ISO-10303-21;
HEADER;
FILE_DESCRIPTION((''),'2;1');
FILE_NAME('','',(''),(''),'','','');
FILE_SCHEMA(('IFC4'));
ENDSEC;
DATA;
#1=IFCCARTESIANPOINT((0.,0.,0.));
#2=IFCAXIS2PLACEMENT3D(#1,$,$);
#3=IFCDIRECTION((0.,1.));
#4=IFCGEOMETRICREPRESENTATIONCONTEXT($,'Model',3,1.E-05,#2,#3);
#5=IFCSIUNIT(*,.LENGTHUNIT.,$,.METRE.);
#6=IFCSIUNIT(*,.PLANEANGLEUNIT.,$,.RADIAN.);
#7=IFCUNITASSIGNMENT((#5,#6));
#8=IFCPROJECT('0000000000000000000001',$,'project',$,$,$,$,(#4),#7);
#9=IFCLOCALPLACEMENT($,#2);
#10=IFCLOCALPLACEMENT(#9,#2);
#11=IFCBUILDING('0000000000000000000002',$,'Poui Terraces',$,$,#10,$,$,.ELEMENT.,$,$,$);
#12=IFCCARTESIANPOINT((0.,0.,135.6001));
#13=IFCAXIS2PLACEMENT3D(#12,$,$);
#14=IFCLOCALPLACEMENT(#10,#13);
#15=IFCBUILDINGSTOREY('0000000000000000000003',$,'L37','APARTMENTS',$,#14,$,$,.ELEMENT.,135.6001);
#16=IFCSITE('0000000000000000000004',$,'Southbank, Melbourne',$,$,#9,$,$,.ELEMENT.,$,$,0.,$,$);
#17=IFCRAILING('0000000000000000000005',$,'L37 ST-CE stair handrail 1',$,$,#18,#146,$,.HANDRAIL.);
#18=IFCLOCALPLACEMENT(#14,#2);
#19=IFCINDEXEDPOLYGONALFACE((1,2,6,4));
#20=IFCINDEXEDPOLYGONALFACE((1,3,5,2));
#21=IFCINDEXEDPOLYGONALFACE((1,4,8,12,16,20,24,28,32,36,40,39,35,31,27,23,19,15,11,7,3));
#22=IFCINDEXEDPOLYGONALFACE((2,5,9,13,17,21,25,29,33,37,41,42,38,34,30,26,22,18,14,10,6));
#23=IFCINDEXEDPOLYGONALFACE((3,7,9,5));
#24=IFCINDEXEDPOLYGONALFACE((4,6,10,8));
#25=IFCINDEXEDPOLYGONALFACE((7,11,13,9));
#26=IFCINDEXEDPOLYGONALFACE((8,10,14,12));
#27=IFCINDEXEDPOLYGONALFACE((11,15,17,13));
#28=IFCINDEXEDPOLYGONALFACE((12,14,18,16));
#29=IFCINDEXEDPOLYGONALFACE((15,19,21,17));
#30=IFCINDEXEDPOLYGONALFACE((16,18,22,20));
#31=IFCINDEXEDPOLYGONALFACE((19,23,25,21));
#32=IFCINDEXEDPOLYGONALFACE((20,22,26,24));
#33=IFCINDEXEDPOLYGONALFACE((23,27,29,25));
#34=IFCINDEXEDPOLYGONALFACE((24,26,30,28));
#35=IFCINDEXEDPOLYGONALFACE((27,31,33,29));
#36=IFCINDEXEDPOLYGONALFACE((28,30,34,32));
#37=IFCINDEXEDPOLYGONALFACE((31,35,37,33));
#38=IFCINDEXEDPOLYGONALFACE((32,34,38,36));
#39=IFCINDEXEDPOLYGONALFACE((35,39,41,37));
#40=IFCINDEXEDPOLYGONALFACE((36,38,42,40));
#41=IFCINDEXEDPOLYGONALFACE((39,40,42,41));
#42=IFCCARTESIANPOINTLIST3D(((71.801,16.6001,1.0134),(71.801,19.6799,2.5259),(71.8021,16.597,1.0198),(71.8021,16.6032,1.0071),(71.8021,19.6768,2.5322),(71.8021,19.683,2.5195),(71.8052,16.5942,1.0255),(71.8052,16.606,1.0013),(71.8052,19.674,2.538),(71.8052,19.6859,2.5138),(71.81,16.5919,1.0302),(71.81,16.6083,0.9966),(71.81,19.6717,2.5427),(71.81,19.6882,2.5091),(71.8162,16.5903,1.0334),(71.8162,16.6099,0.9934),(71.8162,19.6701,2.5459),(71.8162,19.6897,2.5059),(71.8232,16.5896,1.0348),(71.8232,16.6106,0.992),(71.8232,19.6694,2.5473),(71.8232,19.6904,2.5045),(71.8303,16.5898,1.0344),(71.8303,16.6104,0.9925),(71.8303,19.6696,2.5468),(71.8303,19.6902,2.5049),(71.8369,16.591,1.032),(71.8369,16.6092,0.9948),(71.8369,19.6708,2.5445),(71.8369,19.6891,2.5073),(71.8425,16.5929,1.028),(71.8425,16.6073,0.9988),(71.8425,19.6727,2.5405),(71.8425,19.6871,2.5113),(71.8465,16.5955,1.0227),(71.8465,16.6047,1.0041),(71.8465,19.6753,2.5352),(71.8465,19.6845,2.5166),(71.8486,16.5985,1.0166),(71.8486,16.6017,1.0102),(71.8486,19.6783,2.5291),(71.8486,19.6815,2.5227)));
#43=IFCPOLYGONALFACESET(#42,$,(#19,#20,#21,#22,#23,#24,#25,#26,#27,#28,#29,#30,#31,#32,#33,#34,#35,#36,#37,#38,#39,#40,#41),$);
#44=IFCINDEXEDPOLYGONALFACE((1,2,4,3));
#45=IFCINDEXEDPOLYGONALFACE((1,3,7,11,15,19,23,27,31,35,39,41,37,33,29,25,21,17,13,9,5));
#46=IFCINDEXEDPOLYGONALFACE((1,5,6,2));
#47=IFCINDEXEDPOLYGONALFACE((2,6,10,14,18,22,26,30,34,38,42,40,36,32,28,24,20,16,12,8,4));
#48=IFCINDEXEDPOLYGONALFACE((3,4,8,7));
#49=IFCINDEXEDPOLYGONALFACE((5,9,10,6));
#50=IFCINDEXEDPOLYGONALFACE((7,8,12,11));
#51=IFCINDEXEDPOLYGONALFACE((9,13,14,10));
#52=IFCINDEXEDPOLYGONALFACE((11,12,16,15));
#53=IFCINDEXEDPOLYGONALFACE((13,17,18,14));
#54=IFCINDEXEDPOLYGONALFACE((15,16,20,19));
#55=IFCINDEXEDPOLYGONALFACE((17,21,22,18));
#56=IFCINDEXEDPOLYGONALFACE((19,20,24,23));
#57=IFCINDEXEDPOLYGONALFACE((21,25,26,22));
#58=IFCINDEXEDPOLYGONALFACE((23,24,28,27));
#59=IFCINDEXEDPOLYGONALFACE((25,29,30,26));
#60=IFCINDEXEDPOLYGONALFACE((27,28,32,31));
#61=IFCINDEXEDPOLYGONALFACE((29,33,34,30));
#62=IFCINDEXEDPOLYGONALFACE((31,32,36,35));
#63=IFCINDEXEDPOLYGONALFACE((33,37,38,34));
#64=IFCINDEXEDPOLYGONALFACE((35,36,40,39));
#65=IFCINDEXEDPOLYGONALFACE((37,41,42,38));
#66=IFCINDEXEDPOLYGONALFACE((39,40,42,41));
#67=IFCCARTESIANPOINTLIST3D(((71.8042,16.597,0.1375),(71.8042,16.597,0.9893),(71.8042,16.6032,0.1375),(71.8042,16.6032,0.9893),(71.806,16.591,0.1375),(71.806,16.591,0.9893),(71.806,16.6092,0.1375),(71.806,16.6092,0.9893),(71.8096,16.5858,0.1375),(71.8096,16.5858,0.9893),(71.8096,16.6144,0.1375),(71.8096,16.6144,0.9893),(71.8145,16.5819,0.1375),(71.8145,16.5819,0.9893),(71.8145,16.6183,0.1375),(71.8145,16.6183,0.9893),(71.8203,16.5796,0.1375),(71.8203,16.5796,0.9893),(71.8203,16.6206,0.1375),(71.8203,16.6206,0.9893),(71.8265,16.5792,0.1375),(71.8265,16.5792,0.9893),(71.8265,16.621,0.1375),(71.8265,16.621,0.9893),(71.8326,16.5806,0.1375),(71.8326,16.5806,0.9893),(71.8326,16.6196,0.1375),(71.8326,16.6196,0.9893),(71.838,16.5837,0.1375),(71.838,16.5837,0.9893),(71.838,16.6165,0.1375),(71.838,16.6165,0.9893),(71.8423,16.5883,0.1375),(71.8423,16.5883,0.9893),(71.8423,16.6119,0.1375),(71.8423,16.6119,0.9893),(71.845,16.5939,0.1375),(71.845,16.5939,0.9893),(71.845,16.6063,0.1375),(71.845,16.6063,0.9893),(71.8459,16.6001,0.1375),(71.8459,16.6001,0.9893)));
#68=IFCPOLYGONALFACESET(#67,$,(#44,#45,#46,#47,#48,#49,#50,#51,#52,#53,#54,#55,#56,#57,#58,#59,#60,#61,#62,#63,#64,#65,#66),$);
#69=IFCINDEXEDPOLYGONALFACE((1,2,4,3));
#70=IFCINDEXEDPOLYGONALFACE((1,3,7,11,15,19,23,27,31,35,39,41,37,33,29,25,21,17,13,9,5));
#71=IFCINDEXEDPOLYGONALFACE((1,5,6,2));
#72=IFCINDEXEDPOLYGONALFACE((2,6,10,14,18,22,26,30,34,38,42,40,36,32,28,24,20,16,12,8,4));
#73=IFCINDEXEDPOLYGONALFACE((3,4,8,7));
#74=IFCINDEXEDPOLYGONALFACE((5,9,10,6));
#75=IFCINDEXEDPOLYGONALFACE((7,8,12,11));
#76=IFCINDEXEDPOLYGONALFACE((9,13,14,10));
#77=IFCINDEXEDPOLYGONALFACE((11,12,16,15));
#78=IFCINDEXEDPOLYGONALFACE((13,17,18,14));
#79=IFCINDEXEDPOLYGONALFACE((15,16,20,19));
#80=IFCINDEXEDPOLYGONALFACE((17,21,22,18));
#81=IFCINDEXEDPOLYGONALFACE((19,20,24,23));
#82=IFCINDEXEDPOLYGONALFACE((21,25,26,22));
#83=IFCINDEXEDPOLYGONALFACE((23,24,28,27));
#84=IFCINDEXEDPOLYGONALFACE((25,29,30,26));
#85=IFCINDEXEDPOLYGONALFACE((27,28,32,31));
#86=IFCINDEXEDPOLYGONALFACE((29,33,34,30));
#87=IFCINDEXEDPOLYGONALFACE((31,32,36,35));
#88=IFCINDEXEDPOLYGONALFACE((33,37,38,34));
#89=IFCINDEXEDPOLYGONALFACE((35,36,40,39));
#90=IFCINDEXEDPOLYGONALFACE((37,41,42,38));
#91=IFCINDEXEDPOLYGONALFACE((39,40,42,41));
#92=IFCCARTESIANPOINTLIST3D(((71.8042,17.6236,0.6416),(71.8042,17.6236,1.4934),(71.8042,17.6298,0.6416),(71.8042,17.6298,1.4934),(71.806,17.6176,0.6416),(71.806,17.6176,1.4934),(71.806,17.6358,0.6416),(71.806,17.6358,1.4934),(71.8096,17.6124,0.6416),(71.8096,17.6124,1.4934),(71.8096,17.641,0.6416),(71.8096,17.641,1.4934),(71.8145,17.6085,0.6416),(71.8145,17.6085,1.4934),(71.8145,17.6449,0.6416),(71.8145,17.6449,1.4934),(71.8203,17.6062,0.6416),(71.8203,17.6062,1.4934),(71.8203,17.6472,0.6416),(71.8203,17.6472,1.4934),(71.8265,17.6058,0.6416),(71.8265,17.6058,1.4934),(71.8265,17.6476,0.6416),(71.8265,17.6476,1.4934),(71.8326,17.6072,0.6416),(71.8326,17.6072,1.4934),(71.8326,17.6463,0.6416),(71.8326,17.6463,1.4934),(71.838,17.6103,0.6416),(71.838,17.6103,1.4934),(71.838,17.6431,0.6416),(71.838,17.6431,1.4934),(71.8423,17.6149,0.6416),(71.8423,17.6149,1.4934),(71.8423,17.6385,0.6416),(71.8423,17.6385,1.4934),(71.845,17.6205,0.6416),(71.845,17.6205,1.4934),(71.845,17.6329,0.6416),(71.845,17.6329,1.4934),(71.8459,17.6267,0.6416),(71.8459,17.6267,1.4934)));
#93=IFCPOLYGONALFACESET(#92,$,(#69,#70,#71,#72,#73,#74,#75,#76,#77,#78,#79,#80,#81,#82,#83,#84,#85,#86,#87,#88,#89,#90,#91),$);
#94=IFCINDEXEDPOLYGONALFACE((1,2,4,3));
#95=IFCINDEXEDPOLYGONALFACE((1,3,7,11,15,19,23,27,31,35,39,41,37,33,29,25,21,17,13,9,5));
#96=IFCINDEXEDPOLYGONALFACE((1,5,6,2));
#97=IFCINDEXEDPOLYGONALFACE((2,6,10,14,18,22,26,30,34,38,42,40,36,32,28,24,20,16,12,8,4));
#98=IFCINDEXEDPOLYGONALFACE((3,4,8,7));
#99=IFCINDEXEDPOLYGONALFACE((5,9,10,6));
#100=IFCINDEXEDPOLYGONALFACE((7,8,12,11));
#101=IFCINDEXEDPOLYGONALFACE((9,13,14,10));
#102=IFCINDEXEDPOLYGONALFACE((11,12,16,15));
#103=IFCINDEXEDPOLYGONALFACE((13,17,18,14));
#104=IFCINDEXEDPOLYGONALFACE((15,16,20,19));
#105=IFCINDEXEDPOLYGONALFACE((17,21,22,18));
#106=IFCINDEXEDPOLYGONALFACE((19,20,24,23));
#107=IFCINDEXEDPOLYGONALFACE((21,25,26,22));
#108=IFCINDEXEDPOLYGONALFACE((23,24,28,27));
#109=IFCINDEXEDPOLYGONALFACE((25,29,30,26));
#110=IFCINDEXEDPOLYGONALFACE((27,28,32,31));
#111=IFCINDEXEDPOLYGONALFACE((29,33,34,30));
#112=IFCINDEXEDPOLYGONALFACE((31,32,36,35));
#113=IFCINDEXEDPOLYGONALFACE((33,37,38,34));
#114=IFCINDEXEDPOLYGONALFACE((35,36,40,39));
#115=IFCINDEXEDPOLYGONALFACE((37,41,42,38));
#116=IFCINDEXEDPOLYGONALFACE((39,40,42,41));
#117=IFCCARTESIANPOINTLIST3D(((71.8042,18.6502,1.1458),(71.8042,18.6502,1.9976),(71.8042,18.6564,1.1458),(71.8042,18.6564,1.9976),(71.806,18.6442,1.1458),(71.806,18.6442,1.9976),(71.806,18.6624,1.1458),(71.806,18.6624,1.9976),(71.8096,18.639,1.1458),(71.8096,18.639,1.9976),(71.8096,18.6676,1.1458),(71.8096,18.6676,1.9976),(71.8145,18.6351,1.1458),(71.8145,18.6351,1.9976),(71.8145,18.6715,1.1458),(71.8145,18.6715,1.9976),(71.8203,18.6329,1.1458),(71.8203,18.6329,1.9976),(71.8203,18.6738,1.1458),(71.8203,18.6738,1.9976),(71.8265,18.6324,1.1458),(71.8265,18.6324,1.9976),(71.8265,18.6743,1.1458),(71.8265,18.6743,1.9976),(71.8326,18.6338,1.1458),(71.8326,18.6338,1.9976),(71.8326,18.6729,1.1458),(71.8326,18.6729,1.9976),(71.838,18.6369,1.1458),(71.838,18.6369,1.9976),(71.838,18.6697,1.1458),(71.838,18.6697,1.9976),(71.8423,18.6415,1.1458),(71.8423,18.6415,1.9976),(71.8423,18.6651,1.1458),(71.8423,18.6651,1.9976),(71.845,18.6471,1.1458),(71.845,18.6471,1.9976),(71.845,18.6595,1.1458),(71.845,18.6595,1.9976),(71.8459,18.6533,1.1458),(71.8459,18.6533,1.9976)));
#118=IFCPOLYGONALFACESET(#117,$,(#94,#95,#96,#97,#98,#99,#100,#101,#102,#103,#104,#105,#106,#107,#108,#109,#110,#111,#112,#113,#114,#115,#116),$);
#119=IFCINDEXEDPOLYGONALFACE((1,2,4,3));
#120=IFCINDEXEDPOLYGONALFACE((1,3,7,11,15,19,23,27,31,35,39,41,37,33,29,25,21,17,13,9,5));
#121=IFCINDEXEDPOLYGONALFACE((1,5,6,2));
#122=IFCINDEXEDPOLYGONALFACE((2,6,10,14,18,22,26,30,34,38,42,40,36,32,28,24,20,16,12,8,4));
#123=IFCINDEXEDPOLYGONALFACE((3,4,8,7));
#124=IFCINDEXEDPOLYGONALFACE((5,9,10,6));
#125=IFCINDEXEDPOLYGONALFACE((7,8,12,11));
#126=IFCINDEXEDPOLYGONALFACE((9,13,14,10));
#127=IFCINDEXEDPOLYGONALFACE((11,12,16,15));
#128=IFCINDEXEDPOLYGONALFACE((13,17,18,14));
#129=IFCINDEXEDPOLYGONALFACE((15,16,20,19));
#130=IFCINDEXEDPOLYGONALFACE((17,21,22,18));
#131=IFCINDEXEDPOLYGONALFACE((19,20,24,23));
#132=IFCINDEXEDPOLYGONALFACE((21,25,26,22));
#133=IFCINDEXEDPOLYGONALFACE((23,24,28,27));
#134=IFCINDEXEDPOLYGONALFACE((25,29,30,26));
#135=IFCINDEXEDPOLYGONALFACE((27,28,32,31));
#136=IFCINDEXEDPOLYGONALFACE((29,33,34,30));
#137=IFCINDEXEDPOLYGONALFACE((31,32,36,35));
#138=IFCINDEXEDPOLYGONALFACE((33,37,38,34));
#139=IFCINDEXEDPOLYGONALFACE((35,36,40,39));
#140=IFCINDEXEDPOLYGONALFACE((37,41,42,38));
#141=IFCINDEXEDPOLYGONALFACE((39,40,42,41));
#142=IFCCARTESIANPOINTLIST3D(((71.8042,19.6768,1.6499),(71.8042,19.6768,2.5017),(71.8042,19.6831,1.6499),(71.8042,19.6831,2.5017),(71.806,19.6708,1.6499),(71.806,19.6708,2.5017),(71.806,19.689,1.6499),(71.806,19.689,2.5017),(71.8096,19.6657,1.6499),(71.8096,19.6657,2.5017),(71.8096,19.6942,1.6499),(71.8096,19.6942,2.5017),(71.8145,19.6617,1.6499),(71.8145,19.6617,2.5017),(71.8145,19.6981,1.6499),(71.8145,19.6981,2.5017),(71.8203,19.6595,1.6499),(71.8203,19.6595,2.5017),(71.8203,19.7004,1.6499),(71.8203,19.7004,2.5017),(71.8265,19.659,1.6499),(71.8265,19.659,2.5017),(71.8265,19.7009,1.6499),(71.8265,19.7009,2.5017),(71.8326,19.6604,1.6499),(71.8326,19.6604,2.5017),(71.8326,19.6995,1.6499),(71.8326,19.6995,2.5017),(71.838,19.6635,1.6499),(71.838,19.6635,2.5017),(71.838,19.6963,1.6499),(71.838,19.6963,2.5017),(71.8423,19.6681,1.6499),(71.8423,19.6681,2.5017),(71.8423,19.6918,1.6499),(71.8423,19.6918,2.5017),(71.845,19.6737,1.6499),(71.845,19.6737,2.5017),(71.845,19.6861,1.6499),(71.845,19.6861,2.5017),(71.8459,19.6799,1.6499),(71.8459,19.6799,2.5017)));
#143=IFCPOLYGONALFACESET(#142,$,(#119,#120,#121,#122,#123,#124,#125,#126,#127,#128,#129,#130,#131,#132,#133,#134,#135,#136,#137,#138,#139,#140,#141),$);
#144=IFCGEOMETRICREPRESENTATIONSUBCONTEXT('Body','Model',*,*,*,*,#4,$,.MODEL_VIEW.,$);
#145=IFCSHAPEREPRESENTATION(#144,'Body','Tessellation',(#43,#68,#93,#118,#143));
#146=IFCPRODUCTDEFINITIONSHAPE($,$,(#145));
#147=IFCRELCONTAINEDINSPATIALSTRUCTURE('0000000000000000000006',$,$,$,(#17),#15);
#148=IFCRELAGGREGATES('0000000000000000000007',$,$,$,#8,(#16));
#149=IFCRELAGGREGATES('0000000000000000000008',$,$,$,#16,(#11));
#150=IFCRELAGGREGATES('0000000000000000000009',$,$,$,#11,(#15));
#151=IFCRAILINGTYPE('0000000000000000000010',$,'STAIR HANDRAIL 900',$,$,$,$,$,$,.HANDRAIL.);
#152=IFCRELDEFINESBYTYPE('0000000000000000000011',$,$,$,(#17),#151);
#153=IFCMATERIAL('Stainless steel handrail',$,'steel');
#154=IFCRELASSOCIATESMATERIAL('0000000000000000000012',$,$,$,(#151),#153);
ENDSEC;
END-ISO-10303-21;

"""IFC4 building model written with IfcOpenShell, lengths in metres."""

from ifc_helpers import new_model, si_unit, direction, frame, origin, origin_2d, place, context, subcontext, project, spatial, circle, extrude, material, type_object, element, save


model = new_model("IFC4")

# Units and contexts
model_context = context("Model", 3, precision=1e-05, world=origin(), true_north=direction((0.0, 1.0)))
body_context = subcontext(model_context, "Body", "Model", "MODEL_VIEW")
ifc_project = project(units=[si_unit("LENGTHUNIT", "METRE"), si_unit("PLANEANGLEUNIT", "RADIAN")], contexts=[model_context])

# Site, building, storey
site_placement = place(None, origin())
site = spatial("IfcSite", under=ifc_project, at=site_placement, Name="Southbank, Melbourne", CompositionType="ELEMENT", RefElevation=0.0)
building_placement = place(site_placement, origin())
building = spatial("IfcBuilding", under=site, at=building_placement, Name="Poui Terraces", CompositionType="ELEMENT")
storey_placement = place(building_placement, frame((0.0, 0.0, 135.6001)))
storey = spatial("IfcBuildingStorey", under=building, at=storey_placement, Name="L37", Description="APARTMENTS", CompositionType="ELEMENT", Elevation=135.6001)

# Railing
ifc_material_1 = material(Name="Stainless steel handrail", Category="steel")
railing_type_1 = type_object("IfcRailingType", Name="STAIR HANDRAIL 900", PredefinedType="HANDRAIL", material=ifc_material_1)
railing_1_placement = place(storey_placement, frame((71.825, 16.6001, 0.1375)))
element("IfcRailing", 1, at=railing_1_placement, inside=storey, type_object=railing_type_1, Name="L37 ST-CE stair handrail 1", PredefinedType="HANDRAIL", context=body_context, shape_type="SweptSolid", body=[
    extrude(circle(Radius=0.0239, at=origin_2d()), frame((0.0, 0.0, 0.876), z_axis=(0.0, 0.897606, 0.440798), x_axis=(-1.0, 0.0, 0.0)), (0.0, 0.0, 1.0), 3.4312),
    extrude(circle(Radius=0.021, at=origin_2d()), origin(), (0.0, 0.0, 1.0), 0.8518),
    extrude(circle(Radius=0.021, at=origin_2d()), frame((0.0, 1.0266, 0.5042)), (0.0, 0.0, 1.0), 0.8518),
    extrude(circle(Radius=0.021, at=origin_2d()), frame((0.0, 2.0532, 1.0083)), (0.0, 0.0, 1.0), 0.8518),
    extrude(circle(Radius=0.021, at=origin_2d()), frame((0.0, 3.0798, 1.5125)), (0.0, 0.0, 1.0), 0.8518),
])

save(model, "model.ifc")
